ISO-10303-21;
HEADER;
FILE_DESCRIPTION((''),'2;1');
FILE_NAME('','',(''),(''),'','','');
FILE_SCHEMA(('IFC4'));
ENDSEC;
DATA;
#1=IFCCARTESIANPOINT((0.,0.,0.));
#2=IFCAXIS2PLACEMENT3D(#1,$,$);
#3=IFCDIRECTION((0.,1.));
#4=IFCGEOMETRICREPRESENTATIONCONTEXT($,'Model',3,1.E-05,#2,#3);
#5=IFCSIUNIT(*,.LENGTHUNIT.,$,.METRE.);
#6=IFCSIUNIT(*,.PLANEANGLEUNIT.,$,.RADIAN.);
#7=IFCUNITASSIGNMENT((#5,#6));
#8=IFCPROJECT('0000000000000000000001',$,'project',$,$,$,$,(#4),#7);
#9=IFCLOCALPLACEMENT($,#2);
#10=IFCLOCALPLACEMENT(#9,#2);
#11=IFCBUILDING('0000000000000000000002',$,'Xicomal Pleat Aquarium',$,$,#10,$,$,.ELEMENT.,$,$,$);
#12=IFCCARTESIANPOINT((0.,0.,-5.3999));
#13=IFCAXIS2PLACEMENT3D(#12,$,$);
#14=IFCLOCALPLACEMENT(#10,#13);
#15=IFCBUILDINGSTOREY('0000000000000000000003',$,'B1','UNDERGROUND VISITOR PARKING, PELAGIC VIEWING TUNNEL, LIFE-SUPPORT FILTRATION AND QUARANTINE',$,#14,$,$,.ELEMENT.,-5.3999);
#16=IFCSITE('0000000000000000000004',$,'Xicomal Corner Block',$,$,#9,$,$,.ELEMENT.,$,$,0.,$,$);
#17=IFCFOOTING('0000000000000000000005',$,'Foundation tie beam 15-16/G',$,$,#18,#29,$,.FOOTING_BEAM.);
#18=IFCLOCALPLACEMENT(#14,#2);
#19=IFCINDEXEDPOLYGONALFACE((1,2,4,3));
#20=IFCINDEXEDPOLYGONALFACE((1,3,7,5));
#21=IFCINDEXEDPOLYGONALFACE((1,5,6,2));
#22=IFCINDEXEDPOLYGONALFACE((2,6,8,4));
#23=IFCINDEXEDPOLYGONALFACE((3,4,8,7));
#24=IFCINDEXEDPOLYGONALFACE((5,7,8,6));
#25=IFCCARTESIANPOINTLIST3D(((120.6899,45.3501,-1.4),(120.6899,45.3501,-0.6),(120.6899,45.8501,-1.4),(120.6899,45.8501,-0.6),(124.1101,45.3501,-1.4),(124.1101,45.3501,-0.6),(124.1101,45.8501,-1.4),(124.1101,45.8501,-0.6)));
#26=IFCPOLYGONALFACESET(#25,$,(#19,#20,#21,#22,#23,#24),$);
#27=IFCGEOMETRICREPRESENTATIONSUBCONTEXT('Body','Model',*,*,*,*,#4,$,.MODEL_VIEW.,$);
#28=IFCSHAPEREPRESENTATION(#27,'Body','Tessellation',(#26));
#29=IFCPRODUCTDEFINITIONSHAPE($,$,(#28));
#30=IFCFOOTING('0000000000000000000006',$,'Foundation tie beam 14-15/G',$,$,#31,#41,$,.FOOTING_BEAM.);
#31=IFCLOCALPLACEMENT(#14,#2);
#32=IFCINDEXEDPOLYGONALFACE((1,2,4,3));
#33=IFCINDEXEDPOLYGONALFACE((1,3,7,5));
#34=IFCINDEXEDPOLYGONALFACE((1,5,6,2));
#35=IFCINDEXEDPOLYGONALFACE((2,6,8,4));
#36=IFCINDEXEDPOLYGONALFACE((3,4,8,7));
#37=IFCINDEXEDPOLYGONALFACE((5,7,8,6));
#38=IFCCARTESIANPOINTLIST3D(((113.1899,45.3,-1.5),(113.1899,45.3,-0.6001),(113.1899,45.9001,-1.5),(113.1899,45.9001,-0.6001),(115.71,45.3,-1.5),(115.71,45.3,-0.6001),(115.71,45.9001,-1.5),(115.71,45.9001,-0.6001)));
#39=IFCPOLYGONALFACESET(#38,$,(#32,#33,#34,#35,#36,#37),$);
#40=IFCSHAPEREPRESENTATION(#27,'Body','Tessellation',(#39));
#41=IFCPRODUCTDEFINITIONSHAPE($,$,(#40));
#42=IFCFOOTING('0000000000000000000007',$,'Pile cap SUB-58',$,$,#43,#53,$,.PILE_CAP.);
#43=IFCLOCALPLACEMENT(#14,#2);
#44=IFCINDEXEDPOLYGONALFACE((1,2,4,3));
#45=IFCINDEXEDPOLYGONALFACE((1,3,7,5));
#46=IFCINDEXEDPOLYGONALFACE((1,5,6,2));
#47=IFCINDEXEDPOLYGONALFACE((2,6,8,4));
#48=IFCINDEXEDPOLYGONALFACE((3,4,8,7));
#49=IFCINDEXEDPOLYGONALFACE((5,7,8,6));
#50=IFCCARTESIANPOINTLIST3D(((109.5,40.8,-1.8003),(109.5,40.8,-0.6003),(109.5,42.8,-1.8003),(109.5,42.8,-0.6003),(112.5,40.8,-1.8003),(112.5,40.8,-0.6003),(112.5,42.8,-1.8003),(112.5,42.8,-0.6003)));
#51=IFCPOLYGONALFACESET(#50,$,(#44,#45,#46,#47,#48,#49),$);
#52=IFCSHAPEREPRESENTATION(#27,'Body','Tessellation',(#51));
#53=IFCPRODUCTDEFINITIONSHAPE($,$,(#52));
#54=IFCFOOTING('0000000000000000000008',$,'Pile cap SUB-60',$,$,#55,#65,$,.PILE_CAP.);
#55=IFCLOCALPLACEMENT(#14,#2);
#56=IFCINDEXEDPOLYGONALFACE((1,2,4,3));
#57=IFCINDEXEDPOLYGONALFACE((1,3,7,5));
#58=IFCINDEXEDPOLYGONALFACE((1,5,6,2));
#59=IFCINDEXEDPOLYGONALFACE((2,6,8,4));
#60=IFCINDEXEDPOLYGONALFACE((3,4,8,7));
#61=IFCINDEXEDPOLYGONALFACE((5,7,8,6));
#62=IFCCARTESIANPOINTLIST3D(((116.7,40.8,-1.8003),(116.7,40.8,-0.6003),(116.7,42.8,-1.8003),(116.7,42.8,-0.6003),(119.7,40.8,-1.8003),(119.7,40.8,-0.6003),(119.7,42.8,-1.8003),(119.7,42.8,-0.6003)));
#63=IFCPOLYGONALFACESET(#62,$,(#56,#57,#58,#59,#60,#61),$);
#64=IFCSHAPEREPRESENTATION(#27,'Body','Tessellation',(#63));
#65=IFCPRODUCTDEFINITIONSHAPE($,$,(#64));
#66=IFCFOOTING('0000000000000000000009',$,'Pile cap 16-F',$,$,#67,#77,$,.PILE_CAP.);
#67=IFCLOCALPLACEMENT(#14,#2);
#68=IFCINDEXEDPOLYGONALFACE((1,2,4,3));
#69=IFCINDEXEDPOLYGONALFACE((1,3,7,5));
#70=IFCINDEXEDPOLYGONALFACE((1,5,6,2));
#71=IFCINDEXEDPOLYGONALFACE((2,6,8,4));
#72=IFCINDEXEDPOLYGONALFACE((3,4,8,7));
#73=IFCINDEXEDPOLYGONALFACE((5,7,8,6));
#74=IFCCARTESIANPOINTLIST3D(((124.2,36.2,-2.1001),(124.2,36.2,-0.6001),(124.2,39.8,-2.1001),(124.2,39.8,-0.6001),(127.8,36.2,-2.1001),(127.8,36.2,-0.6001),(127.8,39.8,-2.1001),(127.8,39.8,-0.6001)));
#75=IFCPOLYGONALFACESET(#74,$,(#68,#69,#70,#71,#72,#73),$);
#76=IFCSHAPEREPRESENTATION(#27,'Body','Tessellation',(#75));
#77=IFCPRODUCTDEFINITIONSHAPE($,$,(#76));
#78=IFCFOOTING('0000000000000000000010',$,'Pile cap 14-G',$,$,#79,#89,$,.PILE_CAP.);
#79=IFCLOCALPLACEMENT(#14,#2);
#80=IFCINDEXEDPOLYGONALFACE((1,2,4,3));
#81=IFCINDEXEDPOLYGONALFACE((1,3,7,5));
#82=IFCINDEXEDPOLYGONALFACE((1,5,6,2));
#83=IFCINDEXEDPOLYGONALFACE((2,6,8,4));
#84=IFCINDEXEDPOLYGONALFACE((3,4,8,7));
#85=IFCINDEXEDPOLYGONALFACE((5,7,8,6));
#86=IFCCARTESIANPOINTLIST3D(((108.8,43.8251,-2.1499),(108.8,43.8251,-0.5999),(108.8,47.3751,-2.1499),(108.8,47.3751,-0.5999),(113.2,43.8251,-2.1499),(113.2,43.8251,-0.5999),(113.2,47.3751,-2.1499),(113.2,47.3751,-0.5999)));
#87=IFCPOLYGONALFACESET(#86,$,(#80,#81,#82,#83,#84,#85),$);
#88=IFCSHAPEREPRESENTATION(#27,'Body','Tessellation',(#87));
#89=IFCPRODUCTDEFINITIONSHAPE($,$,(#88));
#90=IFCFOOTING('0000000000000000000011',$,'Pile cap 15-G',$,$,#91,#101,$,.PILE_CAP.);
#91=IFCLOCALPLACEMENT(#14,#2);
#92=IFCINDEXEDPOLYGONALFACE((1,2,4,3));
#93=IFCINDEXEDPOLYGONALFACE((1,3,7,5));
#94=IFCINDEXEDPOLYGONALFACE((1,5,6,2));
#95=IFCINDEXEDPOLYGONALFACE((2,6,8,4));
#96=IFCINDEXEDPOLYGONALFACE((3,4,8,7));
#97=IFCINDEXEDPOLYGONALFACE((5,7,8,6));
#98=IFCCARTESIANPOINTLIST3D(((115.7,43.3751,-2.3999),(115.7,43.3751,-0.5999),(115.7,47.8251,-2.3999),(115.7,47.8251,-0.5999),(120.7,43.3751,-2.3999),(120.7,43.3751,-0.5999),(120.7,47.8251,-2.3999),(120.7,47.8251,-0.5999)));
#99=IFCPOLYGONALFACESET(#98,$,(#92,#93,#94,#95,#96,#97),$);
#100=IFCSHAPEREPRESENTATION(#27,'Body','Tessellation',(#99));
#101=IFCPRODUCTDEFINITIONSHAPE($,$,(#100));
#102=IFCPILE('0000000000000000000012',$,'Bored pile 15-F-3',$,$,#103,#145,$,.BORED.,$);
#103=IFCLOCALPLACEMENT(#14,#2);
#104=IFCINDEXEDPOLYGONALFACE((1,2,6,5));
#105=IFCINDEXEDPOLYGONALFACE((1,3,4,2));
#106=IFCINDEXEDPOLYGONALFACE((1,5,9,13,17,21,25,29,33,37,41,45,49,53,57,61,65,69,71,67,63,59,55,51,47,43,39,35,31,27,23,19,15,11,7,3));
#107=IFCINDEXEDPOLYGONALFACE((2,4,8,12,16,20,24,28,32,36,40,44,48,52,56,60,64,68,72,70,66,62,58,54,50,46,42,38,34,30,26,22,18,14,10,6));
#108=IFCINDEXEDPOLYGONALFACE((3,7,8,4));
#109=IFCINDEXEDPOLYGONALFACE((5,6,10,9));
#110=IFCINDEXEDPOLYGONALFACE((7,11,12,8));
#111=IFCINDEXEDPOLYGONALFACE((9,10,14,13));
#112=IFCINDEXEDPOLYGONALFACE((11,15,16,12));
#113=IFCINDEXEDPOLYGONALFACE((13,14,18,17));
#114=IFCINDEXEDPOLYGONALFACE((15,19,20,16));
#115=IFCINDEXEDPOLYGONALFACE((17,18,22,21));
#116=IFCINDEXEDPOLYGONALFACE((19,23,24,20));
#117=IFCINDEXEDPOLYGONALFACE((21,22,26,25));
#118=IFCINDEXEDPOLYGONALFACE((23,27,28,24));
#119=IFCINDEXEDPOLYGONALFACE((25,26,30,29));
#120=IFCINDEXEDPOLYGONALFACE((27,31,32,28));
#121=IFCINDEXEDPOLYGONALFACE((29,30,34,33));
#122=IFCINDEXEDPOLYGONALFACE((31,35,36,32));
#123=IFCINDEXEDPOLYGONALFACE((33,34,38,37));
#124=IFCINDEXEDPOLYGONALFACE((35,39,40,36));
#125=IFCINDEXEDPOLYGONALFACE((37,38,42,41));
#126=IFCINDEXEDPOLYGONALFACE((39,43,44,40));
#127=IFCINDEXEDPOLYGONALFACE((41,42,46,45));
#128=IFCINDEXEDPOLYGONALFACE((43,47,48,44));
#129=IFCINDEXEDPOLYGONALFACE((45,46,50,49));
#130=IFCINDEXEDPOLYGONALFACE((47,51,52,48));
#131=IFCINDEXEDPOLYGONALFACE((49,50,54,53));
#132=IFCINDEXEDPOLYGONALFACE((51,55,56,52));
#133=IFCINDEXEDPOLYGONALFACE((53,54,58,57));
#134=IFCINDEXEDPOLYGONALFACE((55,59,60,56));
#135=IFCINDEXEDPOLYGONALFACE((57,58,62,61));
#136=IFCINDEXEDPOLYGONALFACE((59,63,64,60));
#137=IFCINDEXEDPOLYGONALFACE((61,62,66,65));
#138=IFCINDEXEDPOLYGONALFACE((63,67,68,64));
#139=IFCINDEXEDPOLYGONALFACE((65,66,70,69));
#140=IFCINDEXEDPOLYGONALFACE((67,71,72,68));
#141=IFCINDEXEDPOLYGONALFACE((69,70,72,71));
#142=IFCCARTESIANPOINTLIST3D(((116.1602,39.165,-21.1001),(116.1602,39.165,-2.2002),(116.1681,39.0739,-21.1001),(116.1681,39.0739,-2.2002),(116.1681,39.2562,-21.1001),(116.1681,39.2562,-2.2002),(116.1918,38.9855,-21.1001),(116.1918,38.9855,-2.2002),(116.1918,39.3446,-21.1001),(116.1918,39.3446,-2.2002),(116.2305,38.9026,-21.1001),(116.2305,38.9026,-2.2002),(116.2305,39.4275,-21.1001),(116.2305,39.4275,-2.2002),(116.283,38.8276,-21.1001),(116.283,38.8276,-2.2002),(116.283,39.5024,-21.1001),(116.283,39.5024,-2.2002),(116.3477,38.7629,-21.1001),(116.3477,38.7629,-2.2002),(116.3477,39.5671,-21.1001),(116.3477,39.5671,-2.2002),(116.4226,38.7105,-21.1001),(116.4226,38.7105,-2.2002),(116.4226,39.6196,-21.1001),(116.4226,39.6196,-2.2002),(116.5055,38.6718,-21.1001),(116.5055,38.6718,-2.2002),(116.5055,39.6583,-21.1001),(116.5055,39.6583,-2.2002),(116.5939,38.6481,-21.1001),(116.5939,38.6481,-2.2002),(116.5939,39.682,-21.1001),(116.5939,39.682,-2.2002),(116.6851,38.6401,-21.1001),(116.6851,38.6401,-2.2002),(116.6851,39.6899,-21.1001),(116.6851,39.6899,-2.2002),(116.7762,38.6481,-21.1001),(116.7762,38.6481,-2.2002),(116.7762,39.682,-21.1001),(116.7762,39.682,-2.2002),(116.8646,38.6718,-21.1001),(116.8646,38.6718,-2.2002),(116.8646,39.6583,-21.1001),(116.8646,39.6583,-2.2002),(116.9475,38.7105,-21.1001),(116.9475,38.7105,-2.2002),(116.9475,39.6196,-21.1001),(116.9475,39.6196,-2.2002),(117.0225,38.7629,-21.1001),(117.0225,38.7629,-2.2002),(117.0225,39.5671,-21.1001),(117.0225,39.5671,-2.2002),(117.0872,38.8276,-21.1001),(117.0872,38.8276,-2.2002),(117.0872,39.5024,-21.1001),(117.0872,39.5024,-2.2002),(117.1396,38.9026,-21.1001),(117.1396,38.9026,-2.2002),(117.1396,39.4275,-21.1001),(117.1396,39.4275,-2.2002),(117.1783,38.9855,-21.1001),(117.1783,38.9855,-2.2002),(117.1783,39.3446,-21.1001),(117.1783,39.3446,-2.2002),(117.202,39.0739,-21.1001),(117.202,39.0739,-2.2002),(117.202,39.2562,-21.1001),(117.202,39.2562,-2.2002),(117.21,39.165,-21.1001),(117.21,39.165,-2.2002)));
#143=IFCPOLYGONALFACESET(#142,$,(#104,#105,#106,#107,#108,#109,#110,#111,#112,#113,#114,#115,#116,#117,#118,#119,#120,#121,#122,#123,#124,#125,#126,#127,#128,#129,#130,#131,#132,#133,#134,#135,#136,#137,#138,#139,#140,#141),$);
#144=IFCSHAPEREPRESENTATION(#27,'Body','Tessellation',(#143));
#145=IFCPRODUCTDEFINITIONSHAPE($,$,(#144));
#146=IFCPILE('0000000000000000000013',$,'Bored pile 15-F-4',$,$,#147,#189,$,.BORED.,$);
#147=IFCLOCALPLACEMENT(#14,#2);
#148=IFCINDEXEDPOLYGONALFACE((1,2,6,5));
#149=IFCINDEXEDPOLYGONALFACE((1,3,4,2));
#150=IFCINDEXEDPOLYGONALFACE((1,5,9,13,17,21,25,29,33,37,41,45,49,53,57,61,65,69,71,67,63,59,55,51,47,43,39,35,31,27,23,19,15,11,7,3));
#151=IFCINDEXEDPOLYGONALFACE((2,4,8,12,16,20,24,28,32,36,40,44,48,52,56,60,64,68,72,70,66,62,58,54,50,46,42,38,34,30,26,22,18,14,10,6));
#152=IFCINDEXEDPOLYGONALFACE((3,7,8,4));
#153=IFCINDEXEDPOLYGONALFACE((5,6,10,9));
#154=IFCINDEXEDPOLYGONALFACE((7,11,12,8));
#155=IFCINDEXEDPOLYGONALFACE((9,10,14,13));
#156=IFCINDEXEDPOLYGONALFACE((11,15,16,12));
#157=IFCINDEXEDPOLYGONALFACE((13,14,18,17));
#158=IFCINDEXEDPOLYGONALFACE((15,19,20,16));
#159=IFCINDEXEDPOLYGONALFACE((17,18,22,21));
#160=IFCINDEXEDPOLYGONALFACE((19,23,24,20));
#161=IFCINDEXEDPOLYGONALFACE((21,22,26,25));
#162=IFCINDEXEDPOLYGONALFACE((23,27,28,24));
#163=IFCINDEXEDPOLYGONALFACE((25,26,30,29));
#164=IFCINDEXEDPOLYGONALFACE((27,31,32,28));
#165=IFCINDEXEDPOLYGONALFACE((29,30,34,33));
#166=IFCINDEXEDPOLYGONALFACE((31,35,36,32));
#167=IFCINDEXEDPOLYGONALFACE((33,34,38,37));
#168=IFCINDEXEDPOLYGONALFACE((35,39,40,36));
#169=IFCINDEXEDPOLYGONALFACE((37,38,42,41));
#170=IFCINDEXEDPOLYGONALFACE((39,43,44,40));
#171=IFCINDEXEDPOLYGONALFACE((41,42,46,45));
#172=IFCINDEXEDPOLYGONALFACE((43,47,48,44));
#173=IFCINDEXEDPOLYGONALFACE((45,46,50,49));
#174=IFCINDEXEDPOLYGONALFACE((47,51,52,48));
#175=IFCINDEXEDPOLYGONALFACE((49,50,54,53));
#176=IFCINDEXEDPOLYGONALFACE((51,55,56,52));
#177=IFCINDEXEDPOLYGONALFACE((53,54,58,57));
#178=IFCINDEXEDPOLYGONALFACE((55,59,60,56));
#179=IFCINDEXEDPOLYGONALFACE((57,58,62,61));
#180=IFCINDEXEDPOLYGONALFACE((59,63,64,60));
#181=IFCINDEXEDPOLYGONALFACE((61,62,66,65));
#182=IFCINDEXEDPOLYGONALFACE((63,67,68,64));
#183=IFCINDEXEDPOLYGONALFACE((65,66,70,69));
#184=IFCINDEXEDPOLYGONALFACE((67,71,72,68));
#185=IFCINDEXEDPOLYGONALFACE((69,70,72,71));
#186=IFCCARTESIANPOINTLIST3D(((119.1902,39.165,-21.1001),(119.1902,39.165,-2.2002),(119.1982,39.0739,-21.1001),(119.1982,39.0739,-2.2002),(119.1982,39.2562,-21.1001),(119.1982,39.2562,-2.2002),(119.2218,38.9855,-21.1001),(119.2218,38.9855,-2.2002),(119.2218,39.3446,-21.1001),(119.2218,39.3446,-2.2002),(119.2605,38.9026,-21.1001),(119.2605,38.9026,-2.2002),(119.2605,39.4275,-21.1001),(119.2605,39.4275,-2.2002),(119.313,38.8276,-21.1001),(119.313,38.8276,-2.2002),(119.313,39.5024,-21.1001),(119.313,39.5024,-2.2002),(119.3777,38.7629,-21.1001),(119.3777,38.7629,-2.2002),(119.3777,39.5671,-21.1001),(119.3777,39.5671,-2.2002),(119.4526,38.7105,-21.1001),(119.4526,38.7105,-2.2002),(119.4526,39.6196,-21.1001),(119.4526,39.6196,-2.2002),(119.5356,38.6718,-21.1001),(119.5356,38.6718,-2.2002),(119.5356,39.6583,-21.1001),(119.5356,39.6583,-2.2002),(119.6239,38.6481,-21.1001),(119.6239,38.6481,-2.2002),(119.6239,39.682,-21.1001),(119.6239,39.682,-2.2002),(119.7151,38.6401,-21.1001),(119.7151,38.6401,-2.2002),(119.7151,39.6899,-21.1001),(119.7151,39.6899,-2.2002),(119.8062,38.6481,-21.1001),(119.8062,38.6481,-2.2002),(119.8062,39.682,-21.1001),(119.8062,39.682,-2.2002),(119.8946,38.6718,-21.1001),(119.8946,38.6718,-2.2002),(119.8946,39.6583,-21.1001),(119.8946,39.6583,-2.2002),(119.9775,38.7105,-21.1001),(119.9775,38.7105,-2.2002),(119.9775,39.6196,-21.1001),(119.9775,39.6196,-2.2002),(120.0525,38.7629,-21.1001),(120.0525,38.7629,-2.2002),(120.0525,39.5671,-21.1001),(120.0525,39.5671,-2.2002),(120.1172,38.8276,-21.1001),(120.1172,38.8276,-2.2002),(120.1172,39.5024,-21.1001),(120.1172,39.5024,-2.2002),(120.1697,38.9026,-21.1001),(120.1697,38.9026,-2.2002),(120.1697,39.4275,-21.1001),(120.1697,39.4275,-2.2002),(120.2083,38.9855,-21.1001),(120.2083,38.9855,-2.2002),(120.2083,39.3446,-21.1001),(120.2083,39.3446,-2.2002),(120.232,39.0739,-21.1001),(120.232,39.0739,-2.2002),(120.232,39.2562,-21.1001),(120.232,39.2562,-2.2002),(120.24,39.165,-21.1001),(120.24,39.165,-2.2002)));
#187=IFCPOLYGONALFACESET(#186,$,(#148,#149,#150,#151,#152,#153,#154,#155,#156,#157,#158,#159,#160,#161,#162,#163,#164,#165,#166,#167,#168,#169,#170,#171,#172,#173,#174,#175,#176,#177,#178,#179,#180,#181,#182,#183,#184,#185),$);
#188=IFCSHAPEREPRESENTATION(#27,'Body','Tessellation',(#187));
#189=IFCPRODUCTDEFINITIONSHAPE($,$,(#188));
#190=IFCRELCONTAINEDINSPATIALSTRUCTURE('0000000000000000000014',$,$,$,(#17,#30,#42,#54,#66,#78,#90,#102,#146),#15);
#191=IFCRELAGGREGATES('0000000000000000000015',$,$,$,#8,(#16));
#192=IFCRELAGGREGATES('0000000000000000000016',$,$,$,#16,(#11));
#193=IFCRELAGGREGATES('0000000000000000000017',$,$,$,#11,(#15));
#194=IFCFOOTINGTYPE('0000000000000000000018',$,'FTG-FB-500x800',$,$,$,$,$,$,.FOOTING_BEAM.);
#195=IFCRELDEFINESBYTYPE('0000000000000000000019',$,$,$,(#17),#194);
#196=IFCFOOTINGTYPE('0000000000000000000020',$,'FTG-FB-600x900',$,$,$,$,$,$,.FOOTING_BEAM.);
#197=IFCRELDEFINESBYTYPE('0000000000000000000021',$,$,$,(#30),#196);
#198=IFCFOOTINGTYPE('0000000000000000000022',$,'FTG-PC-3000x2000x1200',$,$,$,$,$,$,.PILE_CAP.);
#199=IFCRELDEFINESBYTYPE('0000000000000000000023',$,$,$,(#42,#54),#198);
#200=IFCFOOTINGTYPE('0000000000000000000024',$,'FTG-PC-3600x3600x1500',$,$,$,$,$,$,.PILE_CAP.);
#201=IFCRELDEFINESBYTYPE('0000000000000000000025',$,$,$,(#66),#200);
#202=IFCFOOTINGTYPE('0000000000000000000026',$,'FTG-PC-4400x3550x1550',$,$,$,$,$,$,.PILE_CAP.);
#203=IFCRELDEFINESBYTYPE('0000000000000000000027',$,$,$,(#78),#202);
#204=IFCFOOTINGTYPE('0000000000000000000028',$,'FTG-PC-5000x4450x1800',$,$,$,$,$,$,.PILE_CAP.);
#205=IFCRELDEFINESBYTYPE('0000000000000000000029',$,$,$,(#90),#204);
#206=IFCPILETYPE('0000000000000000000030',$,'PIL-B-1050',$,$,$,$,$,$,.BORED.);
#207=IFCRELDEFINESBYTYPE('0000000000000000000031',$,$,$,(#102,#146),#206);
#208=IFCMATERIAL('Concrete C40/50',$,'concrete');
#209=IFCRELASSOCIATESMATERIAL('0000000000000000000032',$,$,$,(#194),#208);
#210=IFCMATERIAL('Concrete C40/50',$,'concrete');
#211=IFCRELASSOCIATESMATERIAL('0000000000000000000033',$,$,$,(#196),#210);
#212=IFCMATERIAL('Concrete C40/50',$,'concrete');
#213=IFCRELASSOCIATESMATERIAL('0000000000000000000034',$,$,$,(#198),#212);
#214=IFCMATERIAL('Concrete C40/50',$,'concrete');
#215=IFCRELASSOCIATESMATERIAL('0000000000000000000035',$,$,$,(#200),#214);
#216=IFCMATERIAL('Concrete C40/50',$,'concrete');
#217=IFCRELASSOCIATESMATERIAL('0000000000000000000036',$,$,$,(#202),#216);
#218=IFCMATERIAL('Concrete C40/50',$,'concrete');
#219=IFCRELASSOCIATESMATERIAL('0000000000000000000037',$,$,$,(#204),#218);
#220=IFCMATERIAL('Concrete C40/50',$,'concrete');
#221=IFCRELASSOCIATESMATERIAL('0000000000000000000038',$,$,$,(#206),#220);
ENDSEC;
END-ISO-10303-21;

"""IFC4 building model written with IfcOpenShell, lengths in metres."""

from ifc_helpers import new_model, si_unit, direction, frame, origin, origin_2d, place, context, subcontext, project, spatial, rectangle, circle, extrude, material, material_profile, profile_set, type_object, element, save


model = new_model("IFC4")

# Units and contexts
model_context = context("Model", 3, precision=1e-05, world=origin(), true_north=direction((0.0, 1.0)))
body_context = subcontext(model_context, "Body", "Model", "MODEL_VIEW")
ifc_project = project(units=[si_unit("LENGTHUNIT", "METRE"), si_unit("PLANEANGLEUNIT", "RADIAN")], contexts=[model_context])

# Site, building, storey
site_placement = place(None, origin())
site = spatial("IfcSite", under=ifc_project, at=site_placement, Name="Xicomal Corner Block", CompositionType="ELEMENT", RefElevation=0.0)
building_placement = place(site_placement, origin())
building = spatial("IfcBuilding", under=site, at=building_placement, Name="Xicomal Pleat Aquarium", CompositionType="ELEMENT")
storey_placement = place(building_placement, frame((0.0, 0.0, -5.3999)))
storey = spatial("IfcBuildingStorey", under=building, at=storey_placement, Name="B1", Description="UNDERGROUND VISITOR PARKING, PELAGIC VIEWING TUNNEL, LIFE-SUPPORT FILTRATION AND QUARANTINE", CompositionType="ELEMENT", Elevation=-5.3999)

# Footings
ifc_material_1 = material(Name="Concrete C40/50", Category="concrete")
ifc_material_profile_1 = material_profile(ifc_material_1, rectangle(XDim=0.5, YDim=0.8, at=origin_2d()), Name="FB-01 500x800")
ifc_profile_set_1 = profile_set([ifc_material_profile_1], Name="Concrete C40/50")
footing_type_1 = type_object("IfcFootingType", Name="FTG-FB-500x800", PredefinedType="FOOTING_BEAM", material=ifc_profile_set_1)
footing_1_placement = place(storey_placement, frame((120.6899, 45.6001, -1.0), z_axis=(1.0, 0.0, 0.0), x_axis=(0.0, 1.0, 0.0)))
element("IfcFooting", 1, at=footing_1_placement, inside=storey, type_object=footing_type_1, Name="Foundation tie beam 15-16/G", PredefinedType="FOOTING_BEAM", context=body_context, shape_type="SweptSolid", body=[
    extrude(rectangle(XDim=0.5, YDim=0.8, at=origin_2d()), origin(), (0.0, 0.0, 1.0), 3.4202),
])
ifc_material_2 = material(Name="Concrete C40/50", Category="concrete")
ifc_material_profile_2 = material_profile(ifc_material_2, rectangle(XDim=0.6001, YDim=0.8999, at=origin_2d()), Name="FB-02 600x900")
ifc_profile_set_2 = profile_set([ifc_material_profile_2], Name="Concrete C40/50")
footing_type_2 = type_object("IfcFootingType", Name="FTG-FB-600x900", PredefinedType="FOOTING_BEAM", material=ifc_profile_set_2)
footing_2_placement = place(storey_placement, frame((113.1899, 45.6001, -1.05), z_axis=(1.0, 0.0, 0.0), x_axis=(0.0, 1.0, 0.0)))
element("IfcFooting", 2, at=footing_2_placement, inside=storey, type_object=footing_type_2, Name="Foundation tie beam 14-15/G", PredefinedType="FOOTING_BEAM", context=body_context, shape_type="SweptSolid", body=[
    extrude(rectangle(XDim=0.6001, YDim=0.8999, at=origin_2d()), origin(), (0.0, 0.0, 1.0), 2.52),
])
ifc_material_3 = material(Name="Concrete C40/50", Category="concrete")
footing_type_3 = type_object("IfcFootingType", Name="FTG-PC-3000x2000x1200", PredefinedType="PILE_CAP", material=ifc_material_3)
for number, where, z_axis, x_axis, name in (
    (3, (111.0, 41.8, -1.8003), (0.0, 0.0, 1.0), (1.0, 0.0, 0.0), "Pile cap SUB-58"),
    (4, (118.2, 41.8, -1.8003), (0.0, 0.0, 1.0), (1.0, 0.0, 0.0), "Pile cap SUB-60"),
):
    element("IfcFooting", number, at=place(storey_placement, frame(where, z_axis=z_axis, x_axis=x_axis)), inside=storey, type_object=footing_type_3, Name=name, PredefinedType="PILE_CAP", context=body_context, shape_type="SweptSolid", body=[
        extrude(rectangle(XDim=3.0, YDim=2.0, at=origin_2d()), origin(), (0.0, 0.0, 1.0), 1.2),
    ])
ifc_material_4 = material(Name="Concrete C40/50", Category="concrete")
footing_type_4 = type_object("IfcFootingType", Name="FTG-PC-3600x3600x1500", PredefinedType="PILE_CAP", material=ifc_material_4)
footing_3_placement = place(storey_placement, frame((126.0, 38.0, -2.1001), z_axis=(0.0, 0.0, 1.0), x_axis=(1.0, 0.0, 0.0)))
element("IfcFooting", 5, at=footing_3_placement, inside=storey, type_object=footing_type_4, Name="Pile cap 16-F", PredefinedType="PILE_CAP", context=body_context, shape_type="SweptSolid", body=[
    extrude(rectangle(XDim=3.6001, YDim=3.6001, at=origin_2d()), origin(), (0.0, 0.0, 1.0), 1.5),
])
ifc_material_5 = material(Name="Concrete C40/50", Category="concrete")
footing_type_5 = type_object("IfcFootingType", Name="FTG-PC-4400x3550x1550", PredefinedType="PILE_CAP", material=ifc_material_5)
footing_4_placement = place(storey_placement, frame((111.0, 45.6001, -2.1499), z_axis=(0.0, 0.0, 1.0), x_axis=(1.0, 0.0, 0.0)))
element("IfcFooting", 6, at=footing_4_placement, inside=storey, type_object=footing_type_5, Name="Pile cap 14-G", PredefinedType="PILE_CAP", context=body_context, shape_type="SweptSolid", body=[
    extrude(rectangle(XDim=4.3999, YDim=3.55, at=origin_2d()), origin(), (0.0, 0.0, 1.0), 1.55),
])
ifc_material_6 = material(Name="Concrete C40/50", Category="concrete")
footing_type_6 = type_object("IfcFootingType", Name="FTG-PC-5000x4450x1800", PredefinedType="PILE_CAP", material=ifc_material_6)
footing_5_placement = place(storey_placement, frame((118.2, 45.6001, -2.3999), z_axis=(0.0, 0.0, 1.0), x_axis=(1.0, 0.0, 0.0)))
element("IfcFooting", 7, at=footing_5_placement, inside=storey, type_object=footing_type_6, Name="Pile cap 15-G", PredefinedType="PILE_CAP", context=body_context, shape_type="SweptSolid", body=[
    extrude(rectangle(XDim=5.0, YDim=4.45, at=origin_2d()), origin(), (0.0, 0.0, 1.0), 1.8),
])

# Piles
ifc_material_7 = material(Name="Concrete C40/50", Category="concrete")
ifc_material_profile_3 = material_profile(ifc_material_7, circle(Radius=0.5249, at=origin_2d()), Name="BORED PILE D1050")
ifc_profile_set_3 = profile_set([ifc_material_profile_3], Name="Concrete C40/50")
pile_type_1 = type_object("IfcPileType", Name="PIL-B-1050", PredefinedType="BORED", material=ifc_profile_set_3)
for number, where, z_axis, x_axis, name in (
    (8, (116.6851, 39.165, -2.2002), (0.0, 0.0, -1.0), (1.0, 0.0, 0.0), "Bored pile 15-F-3"),
    (9, (119.7151, 39.165, -2.2002), (0.0, 0.0, -1.0), (1.0, 0.0, 0.0), "Bored pile 15-F-4"),
):
    element("IfcPile", number, at=place(storey_placement, frame(where, z_axis=z_axis, x_axis=x_axis)), inside=storey, type_object=pile_type_1, Name=name, PredefinedType="BORED", context=body_context, shape_type="SweptSolid", body=[
        extrude(circle(Radius=0.5249, at=origin_2d()), origin(), (0.0, 0.0, 1.0), 18.8999),
    ])

save(model, "model.ifc")
